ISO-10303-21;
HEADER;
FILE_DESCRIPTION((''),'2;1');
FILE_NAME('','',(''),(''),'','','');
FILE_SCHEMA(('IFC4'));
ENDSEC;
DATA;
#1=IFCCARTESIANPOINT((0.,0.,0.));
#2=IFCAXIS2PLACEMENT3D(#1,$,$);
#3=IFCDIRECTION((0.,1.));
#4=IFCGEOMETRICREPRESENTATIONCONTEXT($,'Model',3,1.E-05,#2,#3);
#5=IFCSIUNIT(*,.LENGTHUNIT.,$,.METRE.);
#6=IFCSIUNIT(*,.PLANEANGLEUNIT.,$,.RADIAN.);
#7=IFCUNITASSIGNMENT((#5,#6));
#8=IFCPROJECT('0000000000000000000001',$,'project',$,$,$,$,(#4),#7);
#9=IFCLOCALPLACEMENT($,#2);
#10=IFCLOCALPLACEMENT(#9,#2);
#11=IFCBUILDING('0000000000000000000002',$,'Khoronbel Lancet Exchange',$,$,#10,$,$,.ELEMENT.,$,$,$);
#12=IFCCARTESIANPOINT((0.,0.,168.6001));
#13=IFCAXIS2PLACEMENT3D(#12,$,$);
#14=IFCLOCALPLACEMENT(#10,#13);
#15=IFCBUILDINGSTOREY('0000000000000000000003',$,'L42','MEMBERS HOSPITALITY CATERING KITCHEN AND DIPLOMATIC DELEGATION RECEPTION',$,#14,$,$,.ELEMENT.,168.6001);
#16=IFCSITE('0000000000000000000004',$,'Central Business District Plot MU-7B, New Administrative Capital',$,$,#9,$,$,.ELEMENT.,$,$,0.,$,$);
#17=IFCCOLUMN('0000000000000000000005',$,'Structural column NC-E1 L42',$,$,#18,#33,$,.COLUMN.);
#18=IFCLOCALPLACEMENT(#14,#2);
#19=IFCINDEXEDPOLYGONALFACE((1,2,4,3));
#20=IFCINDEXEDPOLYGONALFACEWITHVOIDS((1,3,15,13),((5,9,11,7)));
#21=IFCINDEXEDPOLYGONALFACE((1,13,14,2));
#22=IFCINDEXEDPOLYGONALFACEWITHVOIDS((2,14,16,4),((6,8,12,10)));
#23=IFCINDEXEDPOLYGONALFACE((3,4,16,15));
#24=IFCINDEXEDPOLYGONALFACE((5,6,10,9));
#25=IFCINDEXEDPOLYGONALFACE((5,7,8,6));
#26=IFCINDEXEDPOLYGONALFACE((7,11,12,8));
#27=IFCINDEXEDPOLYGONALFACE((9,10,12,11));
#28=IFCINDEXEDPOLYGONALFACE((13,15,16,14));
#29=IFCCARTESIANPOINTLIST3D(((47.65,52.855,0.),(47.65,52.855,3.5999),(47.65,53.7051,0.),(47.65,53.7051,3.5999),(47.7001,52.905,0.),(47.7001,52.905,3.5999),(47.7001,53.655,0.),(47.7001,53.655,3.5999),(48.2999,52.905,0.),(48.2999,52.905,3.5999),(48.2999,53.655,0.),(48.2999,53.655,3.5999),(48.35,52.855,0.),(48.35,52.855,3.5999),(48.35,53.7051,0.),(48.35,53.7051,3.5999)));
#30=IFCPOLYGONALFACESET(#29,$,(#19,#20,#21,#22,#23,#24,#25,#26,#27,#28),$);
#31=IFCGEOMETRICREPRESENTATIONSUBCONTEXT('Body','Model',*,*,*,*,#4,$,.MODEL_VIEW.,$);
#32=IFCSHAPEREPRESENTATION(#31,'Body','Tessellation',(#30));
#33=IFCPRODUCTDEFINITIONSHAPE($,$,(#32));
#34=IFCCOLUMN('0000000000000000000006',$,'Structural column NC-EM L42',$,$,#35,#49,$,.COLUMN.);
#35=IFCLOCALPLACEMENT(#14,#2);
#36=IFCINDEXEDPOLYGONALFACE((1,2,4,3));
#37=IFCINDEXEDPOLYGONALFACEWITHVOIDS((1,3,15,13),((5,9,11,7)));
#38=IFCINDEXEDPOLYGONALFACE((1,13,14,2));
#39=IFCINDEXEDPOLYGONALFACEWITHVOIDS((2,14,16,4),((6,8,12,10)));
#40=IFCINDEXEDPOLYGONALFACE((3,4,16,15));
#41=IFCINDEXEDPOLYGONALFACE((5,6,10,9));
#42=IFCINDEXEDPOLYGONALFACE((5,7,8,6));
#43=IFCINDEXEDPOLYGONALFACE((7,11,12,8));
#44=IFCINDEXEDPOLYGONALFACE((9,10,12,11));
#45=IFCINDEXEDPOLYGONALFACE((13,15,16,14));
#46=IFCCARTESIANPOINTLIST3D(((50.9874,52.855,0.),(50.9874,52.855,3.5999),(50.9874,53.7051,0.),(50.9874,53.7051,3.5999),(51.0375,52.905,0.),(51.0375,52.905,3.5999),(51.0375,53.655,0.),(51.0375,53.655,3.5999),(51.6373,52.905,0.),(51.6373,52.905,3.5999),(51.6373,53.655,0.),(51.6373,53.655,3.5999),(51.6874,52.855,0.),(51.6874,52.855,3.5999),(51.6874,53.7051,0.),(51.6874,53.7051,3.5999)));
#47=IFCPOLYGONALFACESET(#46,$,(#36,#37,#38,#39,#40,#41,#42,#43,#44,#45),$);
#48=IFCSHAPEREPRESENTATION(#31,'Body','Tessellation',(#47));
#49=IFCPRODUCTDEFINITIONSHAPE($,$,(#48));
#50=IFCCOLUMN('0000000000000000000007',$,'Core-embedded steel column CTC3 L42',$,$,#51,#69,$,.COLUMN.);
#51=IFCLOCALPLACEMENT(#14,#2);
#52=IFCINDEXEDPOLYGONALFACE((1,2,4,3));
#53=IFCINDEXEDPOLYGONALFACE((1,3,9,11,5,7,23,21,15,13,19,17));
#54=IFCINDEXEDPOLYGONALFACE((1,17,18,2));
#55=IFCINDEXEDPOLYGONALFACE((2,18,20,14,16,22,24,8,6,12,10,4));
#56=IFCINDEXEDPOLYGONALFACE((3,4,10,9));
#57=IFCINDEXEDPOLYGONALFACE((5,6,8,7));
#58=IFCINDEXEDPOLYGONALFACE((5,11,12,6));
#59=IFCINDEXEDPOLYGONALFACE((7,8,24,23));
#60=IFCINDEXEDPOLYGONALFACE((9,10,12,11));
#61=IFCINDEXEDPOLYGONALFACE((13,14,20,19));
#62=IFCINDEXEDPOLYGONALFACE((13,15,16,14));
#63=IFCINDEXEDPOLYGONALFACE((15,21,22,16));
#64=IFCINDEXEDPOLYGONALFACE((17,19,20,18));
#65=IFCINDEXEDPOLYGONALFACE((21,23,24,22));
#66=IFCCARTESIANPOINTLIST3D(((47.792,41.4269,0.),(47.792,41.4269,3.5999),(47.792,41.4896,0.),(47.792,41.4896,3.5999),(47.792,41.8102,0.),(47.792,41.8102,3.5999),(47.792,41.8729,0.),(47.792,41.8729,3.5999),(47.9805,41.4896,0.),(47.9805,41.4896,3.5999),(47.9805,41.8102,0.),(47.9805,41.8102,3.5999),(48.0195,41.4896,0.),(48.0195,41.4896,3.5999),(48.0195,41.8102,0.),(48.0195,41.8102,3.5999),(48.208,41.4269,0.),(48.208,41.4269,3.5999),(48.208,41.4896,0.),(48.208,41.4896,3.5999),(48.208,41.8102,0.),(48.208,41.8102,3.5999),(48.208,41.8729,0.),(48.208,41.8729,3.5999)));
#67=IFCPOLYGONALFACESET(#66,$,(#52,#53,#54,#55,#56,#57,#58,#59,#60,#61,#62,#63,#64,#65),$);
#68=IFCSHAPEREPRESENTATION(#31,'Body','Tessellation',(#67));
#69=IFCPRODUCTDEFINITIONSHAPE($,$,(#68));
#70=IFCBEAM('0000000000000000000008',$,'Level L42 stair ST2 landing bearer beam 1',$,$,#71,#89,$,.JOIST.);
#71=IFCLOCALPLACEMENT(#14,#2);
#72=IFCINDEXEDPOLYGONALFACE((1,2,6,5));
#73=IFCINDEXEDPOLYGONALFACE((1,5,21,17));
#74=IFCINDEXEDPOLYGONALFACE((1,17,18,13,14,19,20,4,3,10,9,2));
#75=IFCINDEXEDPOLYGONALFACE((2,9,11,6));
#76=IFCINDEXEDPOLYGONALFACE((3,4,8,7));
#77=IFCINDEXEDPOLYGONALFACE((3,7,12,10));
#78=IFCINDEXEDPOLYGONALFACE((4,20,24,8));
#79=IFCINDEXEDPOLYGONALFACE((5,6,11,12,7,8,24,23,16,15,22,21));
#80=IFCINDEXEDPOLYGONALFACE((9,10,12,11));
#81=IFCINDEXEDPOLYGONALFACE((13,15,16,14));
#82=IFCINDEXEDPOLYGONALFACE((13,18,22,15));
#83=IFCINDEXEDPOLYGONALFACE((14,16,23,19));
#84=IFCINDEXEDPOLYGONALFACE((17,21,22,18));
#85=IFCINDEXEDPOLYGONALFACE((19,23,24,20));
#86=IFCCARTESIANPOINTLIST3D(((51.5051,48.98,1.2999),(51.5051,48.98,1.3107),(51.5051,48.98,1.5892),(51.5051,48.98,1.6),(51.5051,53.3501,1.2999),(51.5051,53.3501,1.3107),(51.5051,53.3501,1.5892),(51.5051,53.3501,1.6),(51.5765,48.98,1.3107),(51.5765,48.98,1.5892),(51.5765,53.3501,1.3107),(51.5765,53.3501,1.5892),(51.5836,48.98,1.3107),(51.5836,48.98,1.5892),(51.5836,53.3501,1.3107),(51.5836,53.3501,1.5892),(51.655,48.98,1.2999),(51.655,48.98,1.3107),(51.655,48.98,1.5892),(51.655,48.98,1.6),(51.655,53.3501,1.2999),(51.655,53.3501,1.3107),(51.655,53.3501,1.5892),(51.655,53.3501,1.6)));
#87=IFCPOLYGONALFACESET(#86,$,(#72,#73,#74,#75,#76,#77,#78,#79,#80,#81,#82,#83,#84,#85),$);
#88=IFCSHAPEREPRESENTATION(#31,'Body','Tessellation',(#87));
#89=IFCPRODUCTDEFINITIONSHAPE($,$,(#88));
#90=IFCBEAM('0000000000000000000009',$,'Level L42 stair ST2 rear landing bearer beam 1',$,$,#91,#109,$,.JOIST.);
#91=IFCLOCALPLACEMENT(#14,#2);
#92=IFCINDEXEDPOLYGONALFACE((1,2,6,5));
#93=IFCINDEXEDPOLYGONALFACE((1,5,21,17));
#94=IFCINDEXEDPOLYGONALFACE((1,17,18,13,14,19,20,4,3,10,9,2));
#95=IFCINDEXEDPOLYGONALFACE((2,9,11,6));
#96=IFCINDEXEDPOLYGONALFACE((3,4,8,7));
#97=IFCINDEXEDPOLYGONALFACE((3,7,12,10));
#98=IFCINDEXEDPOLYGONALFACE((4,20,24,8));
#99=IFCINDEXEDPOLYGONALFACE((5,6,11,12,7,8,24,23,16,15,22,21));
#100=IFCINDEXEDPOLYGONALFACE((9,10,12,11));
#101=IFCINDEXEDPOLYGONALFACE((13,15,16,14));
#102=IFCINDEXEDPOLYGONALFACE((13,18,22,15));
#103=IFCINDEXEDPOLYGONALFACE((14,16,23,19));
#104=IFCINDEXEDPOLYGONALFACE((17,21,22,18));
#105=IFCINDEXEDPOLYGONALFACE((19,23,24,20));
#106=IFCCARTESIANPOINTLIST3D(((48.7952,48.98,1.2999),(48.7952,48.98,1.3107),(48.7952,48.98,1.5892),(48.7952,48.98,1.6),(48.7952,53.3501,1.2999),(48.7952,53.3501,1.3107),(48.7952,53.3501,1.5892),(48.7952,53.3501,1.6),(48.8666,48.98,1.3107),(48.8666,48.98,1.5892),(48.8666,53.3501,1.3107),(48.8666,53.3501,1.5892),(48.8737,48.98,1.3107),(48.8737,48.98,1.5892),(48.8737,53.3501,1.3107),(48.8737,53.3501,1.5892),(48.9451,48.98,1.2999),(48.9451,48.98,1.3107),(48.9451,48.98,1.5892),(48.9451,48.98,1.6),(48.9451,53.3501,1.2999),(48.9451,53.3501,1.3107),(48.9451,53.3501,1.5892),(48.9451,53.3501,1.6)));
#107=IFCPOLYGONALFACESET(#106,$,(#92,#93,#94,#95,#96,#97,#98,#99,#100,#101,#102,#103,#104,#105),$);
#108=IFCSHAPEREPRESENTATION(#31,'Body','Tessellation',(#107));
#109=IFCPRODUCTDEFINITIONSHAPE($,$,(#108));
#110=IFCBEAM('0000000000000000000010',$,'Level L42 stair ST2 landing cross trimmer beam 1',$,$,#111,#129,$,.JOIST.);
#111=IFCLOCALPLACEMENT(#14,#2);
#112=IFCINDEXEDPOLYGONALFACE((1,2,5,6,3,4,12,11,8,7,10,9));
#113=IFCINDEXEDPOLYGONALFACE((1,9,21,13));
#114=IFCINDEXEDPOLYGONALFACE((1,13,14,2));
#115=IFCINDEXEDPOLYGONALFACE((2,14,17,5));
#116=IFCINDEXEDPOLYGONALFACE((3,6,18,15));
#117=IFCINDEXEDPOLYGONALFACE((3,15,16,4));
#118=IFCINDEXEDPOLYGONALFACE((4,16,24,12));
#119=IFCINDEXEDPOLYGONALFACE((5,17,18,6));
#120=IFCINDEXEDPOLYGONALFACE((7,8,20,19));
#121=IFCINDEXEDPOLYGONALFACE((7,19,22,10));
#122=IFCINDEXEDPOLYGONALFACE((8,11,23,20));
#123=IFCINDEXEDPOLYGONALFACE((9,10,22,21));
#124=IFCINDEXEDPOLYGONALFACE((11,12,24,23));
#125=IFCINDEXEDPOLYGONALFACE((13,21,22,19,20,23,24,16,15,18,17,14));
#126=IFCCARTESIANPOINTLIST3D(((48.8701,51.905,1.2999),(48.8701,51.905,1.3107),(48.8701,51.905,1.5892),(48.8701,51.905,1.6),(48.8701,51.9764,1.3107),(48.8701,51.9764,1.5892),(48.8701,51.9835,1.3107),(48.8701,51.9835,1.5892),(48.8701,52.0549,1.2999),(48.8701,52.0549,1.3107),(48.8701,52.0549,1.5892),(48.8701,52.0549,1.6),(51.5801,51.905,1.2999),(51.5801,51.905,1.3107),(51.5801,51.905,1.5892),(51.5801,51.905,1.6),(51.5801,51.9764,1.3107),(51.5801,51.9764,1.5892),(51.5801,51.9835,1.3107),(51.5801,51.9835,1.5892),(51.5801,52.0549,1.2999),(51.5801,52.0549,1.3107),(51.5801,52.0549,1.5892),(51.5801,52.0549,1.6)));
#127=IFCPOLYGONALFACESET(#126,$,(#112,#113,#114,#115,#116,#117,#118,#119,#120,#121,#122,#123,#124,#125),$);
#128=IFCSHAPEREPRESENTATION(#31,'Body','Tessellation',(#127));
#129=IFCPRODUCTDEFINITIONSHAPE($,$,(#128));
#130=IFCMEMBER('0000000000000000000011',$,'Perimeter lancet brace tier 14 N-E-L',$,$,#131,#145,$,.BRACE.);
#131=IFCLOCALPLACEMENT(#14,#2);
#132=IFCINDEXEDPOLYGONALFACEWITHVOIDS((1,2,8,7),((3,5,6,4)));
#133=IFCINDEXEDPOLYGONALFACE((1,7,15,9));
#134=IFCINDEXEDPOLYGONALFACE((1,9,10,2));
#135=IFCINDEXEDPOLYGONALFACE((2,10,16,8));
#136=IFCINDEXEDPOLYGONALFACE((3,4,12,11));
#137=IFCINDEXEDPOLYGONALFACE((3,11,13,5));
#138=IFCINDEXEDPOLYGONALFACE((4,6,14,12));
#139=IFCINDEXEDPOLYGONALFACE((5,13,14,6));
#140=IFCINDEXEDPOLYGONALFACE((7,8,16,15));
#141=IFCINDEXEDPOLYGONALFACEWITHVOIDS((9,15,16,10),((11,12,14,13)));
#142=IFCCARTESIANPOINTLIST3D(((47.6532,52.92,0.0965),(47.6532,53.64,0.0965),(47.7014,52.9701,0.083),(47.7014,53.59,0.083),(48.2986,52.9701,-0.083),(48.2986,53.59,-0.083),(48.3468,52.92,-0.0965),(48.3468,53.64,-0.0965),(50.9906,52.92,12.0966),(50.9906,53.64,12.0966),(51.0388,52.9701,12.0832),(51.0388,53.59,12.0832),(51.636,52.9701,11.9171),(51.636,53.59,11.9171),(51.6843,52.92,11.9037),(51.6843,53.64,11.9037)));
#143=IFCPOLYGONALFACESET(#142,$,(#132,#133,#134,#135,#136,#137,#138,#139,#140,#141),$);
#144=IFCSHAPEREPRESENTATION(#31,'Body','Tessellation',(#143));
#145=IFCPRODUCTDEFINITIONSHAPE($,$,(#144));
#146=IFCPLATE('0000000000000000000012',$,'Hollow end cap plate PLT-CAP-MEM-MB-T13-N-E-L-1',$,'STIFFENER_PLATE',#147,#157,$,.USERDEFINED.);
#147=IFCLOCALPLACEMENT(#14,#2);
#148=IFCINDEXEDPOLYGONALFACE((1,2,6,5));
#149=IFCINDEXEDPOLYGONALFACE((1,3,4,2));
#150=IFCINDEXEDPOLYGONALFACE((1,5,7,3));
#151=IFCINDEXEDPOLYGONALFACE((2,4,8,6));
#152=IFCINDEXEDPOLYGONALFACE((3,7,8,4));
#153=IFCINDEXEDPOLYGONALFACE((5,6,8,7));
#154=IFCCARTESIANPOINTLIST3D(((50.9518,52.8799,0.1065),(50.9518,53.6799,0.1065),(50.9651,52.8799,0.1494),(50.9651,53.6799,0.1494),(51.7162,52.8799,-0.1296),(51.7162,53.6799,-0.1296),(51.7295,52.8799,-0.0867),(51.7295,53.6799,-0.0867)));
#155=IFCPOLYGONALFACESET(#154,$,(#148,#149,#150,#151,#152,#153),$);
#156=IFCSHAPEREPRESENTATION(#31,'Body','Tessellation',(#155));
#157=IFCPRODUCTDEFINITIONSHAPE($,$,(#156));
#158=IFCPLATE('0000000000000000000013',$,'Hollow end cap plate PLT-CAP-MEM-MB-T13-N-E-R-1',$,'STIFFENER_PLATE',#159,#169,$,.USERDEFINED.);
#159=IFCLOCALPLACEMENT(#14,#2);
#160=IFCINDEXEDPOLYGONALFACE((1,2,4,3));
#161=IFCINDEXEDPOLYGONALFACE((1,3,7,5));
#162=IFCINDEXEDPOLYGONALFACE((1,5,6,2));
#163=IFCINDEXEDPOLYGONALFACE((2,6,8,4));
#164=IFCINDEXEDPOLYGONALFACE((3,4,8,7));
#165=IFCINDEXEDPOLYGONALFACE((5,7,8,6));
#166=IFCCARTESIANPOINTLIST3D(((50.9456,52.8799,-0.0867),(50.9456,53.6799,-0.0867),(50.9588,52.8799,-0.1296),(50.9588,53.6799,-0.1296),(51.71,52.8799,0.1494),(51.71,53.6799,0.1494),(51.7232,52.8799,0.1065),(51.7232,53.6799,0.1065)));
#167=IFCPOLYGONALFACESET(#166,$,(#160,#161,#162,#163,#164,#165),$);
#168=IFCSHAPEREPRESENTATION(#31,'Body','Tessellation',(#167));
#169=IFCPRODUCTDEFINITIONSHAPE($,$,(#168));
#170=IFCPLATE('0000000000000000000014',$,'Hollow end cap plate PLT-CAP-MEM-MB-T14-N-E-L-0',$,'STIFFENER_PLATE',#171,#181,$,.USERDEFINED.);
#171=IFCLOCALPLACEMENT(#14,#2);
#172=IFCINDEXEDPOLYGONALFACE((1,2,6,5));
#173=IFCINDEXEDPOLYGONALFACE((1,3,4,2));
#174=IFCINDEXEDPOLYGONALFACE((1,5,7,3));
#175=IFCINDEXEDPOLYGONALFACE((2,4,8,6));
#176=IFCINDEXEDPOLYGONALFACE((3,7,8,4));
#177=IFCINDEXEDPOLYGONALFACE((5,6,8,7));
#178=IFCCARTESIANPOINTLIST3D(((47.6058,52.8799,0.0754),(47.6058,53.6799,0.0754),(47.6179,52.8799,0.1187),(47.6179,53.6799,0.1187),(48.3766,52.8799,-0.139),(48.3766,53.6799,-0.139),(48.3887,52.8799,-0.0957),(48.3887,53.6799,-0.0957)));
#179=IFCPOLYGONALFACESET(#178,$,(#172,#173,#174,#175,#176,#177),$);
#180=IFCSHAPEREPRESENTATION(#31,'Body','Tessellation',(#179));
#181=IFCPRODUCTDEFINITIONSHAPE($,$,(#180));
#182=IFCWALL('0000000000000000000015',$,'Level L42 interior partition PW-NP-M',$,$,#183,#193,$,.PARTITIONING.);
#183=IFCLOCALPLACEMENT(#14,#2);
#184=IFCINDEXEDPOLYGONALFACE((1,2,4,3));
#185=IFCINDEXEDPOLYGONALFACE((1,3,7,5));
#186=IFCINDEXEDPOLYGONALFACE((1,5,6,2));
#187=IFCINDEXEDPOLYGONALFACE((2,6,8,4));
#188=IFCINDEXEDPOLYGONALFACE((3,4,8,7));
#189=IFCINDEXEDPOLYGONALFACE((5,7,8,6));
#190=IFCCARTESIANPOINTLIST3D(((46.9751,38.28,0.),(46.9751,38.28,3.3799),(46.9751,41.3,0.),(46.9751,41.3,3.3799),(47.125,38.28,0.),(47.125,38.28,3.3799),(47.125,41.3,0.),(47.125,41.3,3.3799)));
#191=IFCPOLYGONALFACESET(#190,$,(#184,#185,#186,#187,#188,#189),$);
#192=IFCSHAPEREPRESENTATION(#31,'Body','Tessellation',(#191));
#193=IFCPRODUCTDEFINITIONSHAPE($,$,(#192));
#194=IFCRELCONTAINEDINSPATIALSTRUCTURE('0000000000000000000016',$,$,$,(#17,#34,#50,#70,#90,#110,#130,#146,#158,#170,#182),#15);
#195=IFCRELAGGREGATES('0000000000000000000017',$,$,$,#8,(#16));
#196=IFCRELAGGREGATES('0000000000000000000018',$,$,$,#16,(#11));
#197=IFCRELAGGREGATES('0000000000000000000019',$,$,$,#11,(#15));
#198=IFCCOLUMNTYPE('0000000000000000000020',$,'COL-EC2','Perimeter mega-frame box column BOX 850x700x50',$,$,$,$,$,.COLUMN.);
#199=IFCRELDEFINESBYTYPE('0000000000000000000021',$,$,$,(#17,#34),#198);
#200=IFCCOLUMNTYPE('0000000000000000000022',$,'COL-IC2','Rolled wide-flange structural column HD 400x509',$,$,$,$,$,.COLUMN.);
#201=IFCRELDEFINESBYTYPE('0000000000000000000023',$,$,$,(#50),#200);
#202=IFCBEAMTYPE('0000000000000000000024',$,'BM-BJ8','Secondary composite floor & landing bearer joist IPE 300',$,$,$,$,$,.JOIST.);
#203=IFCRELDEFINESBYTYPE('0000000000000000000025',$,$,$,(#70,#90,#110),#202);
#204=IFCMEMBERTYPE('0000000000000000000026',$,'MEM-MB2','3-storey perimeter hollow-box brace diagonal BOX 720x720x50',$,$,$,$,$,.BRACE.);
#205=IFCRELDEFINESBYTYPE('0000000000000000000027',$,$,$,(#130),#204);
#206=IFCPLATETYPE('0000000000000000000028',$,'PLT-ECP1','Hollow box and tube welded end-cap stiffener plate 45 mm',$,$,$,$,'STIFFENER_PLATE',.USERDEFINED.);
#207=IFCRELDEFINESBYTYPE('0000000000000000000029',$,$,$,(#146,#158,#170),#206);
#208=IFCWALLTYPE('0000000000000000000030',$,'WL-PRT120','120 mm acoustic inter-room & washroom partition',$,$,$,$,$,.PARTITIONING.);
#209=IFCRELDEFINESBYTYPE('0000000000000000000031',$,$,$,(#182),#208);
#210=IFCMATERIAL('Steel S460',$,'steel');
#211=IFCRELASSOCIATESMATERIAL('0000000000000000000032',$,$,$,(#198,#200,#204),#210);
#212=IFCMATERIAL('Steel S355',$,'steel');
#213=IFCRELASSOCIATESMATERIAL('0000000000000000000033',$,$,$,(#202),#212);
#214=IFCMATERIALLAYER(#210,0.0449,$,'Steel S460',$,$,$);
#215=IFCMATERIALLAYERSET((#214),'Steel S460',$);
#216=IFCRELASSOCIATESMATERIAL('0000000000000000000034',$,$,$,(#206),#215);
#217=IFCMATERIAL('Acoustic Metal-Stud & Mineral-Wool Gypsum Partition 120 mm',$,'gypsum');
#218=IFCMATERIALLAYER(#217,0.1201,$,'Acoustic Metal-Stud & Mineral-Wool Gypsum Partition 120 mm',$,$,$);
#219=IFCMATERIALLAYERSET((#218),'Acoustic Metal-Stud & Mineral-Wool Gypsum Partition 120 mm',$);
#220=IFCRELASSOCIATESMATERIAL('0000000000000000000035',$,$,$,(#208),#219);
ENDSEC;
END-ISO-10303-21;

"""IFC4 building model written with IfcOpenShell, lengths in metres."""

from ifc_helpers import new_model, si_unit, direction, frame, frame_2d, origin, origin_2d, place, context, subcontext, project, spatial, polyline, rectangle, hollow_rectangle, i_section, outline, extrude, material, layer, layer_set, material_profile, profile_set, type_object, element, save


model = new_model("IFC4")

# Units and contexts
model_context = context("Model", 3, precision=1e-05, world=origin(), true_north=direction((0.0, 1.0)))
body_context = subcontext(model_context, "Body", "Model", "MODEL_VIEW")
ifc_project = project(units=[si_unit("LENGTHUNIT", "METRE"), si_unit("PLANEANGLEUNIT", "RADIAN")], contexts=[model_context])

# Site, building, storey
site_placement = place(None, origin())
site = spatial("IfcSite", under=ifc_project, at=site_placement, Name="Central Business District Plot MU-7B, New Administrative Capital", CompositionType="ELEMENT", RefElevation=0.0)
building_placement = place(site_placement, origin())
building = spatial("IfcBuilding", under=site, at=building_placement, Name="Khoronbel Lancet Exchange", CompositionType="ELEMENT")
storey_placement = place(building_placement, frame((0.0, 0.0, 168.6001)))
storey = spatial("IfcBuildingStorey", under=building, at=storey_placement, Name="L42", Description="MEMBERS HOSPITALITY CATERING KITCHEN AND DIPLOMATIC DELEGATION RECEPTION", CompositionType="ELEMENT", Elevation=168.6001)

# Columns
ifc_material_1 = material(Name="Steel S460", Category="steel")
ifc_material_profile_1 = material_profile(ifc_material_1, hollow_rectangle(XDim=0.7, YDim=0.8501, WallThickness=0.05, at=origin_2d()), Name="BOX 850x700x50")
ifc_profile_set_1 = profile_set([ifc_material_profile_1], Name="Steel S460")
column_type_1 = type_object("IfcColumnType", Name="COL-EC2", Description="Perimeter mega-frame box column BOX 850x700x50", PredefinedType="COLUMN", material=ifc_profile_set_1)
for number, where, z_axis, x_axis, name in (
    (1, (48.0, 53.28, 0.0), (0.0, 0.0, 1.0), (1.0, 0.0, 0.0), "Structural column NC-E1 L42"),
    (2, (51.3374, 53.28, 0.0), (0.0, 0.0, 1.0), (1.0, 0.0, 0.0), "Structural column NC-EM L42"),
):
    element("IfcColumn", number, at=place(storey_placement, frame(where, z_axis=z_axis, x_axis=x_axis)), inside=storey, type_object=column_type_1, Name=name, PredefinedType="COLUMN", context=body_context, shape_type="SweptSolid", body=[
        extrude(hollow_rectangle(XDim=0.7, YDim=0.8501, WallThickness=0.05, at=origin_2d()), origin(), (0.0, 0.0, 1.0), 3.5999),
    ])
ifc_material_profile_2 = material_profile(ifc_material_1, i_section(OverallWidth=0.416, OverallDepth=0.446, WebThickness=0.0391, FlangeThickness=0.0627, at=origin_2d()), Name="HD 400x509")
ifc_profile_set_2 = profile_set([ifc_material_profile_2], Name="Steel S460")
column_type_2 = type_object("IfcColumnType", Name="COL-IC2", Description="Rolled wide-flange structural column HD 400x509", PredefinedType="COLUMN", material=ifc_profile_set_2)
column_placement = place(storey_placement, frame((48.0, 41.6499, 0.0), z_axis=(0.0, 0.0, 1.0), x_axis=(1.0, 0.0, 0.0)))
element("IfcColumn", 3, at=column_placement, inside=storey, type_object=column_type_2, Name="Core-embedded steel column CTC3 L42", PredefinedType="COLUMN", context=body_context, shape_type="SweptSolid", body=[
    extrude(i_section(OverallWidth=0.416, OverallDepth=0.446, WebThickness=0.0391, FlangeThickness=0.0627, at=origin_2d()), origin(), (0.0, 0.0, 1.0), 3.5999),
])

# Beams
ifc_material_2 = material(Name="Steel S355", Category="steel")
ifc_material_profile_3 = material_profile(ifc_material_2, i_section(OverallWidth=0.1499, OverallDepth=0.3, WebThickness=0.0071, FlangeThickness=0.0107, at=origin_2d()), Name="IPE 300")
ifc_profile_set_3 = profile_set([ifc_material_profile_3], Name="Steel S355")
beam_type = type_object("IfcBeamType", Name="BM-BJ8", Description="Secondary composite floor & landing bearer joist IPE 300", PredefinedType="JOIST", material=ifc_profile_set_3)
for number, where, z_axis, x_axis, name in (
    (4, (51.5801, 48.98, 1.45), (0.0, 1.0, 0.0), (-1.0, 0.0, 0.0), "Level L42 stair ST2 landing bearer beam 1"),
    (5, (48.8701, 48.98, 1.45), (0.0, 1.0, 0.0), (-1.0, 0.0, 0.0), "Level L42 stair ST2 rear landing bearer beam 1"),
):
    element("IfcBeam", number, at=place(storey_placement, frame(where, z_axis=z_axis, x_axis=x_axis)), inside=storey, type_object=beam_type, Name=name, PredefinedType="JOIST", context=body_context, shape_type="SweptSolid", body=[
        extrude(i_section(OverallWidth=0.1499, OverallDepth=0.3, WebThickness=0.0071, FlangeThickness=0.0107, at=origin_2d()), origin(), (0.0, 0.0, 1.0), 4.3701),
    ])
beam_placement = place(storey_placement, frame((48.8701, 51.98, 1.45), z_axis=(1.0, 0.0, 0.0), x_axis=(0.0, 1.0, 0.0)))
element("IfcBeam", 6, at=beam_placement, inside=storey, type_object=beam_type, Name="Level L42 stair ST2 landing cross trimmer beam 1", PredefinedType="JOIST", context=body_context, shape_type="SweptSolid", body=[
    extrude(i_section(OverallWidth=0.1499, OverallDepth=0.3, WebThickness=0.0071, FlangeThickness=0.0107, at=origin_2d()), origin(), (0.0, 0.0, 1.0), 2.71),
])

# Member
ifc_material_profile_4 = material_profile(ifc_material_1, hollow_rectangle(XDim=0.72, YDim=0.72, WallThickness=0.05, at=origin_2d()), Name="BOX 720x720x50")
ifc_profile_set_4 = profile_set([ifc_material_profile_4], Name="Steel S460")
member_type = type_object("IfcMemberType", Name="MEM-MB2", Description="3-storey perimeter hollow-box brace diagonal BOX 720x720x50", PredefinedType="BRACE", material=ifc_profile_set_4)
member_placement = place(storey_placement, frame((48.0, 53.28, 0.0), z_axis=(0.267947, 0.0, 0.963434), x_axis=(0.0, 1.0, 0.0)))
element("IfcMember", 7, at=member_placement, inside=storey, type_object=member_type, Name="Perimeter lancet brace tier 14 N-E-L", PredefinedType="BRACE", context=body_context, shape_type="SweptSolid", body=[
    extrude(hollow_rectangle(XDim=0.72, YDim=0.72, WallThickness=0.05, at=origin_2d()), origin(), (0.0, 0.0, 1.0), 12.4556),
])

# Plates
ifc_layer_1 = layer(ifc_material_1, 0.0449, Name="Steel S460")
ifc_layer_set_1 = layer_set([ifc_layer_1], Name="Steel S460")
plate_type = type_object("IfcPlateType", Name="PLT-ECP1", Description="Hollow box and tube welded end-cap stiffener plate 45 mm", ElementType="STIFFENER_PLATE", PredefinedType="USERDEFINED", material=ifc_layer_set_1)
for number, where, z_axis, x_axis, name in (
    (8, (51.7295, 52.8799, -0.0867), (0.295094, 0.0, 0.955468), (0.0, 1.0, 0.0), "Hollow end cap plate PLT-CAP-MEM-MB-T13-N-E-L-1"),
    (9, (50.9456, 53.6799, -0.0867), (-0.295094, 0.0, 0.955468), (0.0, -1.0, 0.0), "Hollow end cap plate PLT-CAP-MEM-MB-T13-N-E-R-1"),
    (10, (48.3887, 52.8799, -0.0957), (0.267943, 0.0, 0.963435), (0.0, 1.0, 0.0), "Hollow end cap plate PLT-CAP-MEM-MB-T14-N-E-L-0"),
):
    element("IfcPlate", number, at=place(storey_placement, frame(where, z_axis=z_axis, x_axis=x_axis)), inside=storey, type_object=plate_type, Name=name, ObjectType="STIFFENER_PLATE", PredefinedType="USERDEFINED", context=body_context, shape_type="SweptSolid", body=[
        extrude(outline(polyline([(0.0, 0.0), (0.8, 0.0), (0.8, 0.8), (0.0, 0.8), (0.0, 0.0)])), origin(), (0.0, 0.0, -1.0), 0.0449),
    ])

# Wall
ifc_material_3 = material(Name="Acoustic Metal-Stud & Mineral-Wool Gypsum Partition 120 mm", Category="gypsum")
ifc_layer_2 = layer(ifc_material_3, 0.1201, Name="Acoustic Metal-Stud & Mineral-Wool Gypsum Partition 120 mm")
ifc_layer_set_2 = layer_set([ifc_layer_2], Name="Acoustic Metal-Stud & Mineral-Wool Gypsum Partition 120 mm")
wall_type_1 = type_object("IfcWallType", Name="WL-PRT120", Description="120 mm acoustic inter-room & washroom partition", PredefinedType="PARTITIONING", material=ifc_layer_set_2)
wall_1_placement = place(storey_placement, frame((47.05, 38.28, 0.0), z_axis=(0.0, 0.0, 1.0), x_axis=(0.0, 1.0, 0.0)))
element("IfcWall", 11, at=wall_1_placement, inside=storey, type_object=wall_type_1, Name="Level L42 interior partition PW-NP-M", PredefinedType="PARTITIONING", context=body_context, shape_type="SweptSolid", body=[
    extrude(rectangle(XDim=3.02, YDim=0.1499, at=frame_2d((1.51, 0.0))), origin(), (0.0, 0.0, 1.0), 3.3799),
])

save(model, "model.ifc")
